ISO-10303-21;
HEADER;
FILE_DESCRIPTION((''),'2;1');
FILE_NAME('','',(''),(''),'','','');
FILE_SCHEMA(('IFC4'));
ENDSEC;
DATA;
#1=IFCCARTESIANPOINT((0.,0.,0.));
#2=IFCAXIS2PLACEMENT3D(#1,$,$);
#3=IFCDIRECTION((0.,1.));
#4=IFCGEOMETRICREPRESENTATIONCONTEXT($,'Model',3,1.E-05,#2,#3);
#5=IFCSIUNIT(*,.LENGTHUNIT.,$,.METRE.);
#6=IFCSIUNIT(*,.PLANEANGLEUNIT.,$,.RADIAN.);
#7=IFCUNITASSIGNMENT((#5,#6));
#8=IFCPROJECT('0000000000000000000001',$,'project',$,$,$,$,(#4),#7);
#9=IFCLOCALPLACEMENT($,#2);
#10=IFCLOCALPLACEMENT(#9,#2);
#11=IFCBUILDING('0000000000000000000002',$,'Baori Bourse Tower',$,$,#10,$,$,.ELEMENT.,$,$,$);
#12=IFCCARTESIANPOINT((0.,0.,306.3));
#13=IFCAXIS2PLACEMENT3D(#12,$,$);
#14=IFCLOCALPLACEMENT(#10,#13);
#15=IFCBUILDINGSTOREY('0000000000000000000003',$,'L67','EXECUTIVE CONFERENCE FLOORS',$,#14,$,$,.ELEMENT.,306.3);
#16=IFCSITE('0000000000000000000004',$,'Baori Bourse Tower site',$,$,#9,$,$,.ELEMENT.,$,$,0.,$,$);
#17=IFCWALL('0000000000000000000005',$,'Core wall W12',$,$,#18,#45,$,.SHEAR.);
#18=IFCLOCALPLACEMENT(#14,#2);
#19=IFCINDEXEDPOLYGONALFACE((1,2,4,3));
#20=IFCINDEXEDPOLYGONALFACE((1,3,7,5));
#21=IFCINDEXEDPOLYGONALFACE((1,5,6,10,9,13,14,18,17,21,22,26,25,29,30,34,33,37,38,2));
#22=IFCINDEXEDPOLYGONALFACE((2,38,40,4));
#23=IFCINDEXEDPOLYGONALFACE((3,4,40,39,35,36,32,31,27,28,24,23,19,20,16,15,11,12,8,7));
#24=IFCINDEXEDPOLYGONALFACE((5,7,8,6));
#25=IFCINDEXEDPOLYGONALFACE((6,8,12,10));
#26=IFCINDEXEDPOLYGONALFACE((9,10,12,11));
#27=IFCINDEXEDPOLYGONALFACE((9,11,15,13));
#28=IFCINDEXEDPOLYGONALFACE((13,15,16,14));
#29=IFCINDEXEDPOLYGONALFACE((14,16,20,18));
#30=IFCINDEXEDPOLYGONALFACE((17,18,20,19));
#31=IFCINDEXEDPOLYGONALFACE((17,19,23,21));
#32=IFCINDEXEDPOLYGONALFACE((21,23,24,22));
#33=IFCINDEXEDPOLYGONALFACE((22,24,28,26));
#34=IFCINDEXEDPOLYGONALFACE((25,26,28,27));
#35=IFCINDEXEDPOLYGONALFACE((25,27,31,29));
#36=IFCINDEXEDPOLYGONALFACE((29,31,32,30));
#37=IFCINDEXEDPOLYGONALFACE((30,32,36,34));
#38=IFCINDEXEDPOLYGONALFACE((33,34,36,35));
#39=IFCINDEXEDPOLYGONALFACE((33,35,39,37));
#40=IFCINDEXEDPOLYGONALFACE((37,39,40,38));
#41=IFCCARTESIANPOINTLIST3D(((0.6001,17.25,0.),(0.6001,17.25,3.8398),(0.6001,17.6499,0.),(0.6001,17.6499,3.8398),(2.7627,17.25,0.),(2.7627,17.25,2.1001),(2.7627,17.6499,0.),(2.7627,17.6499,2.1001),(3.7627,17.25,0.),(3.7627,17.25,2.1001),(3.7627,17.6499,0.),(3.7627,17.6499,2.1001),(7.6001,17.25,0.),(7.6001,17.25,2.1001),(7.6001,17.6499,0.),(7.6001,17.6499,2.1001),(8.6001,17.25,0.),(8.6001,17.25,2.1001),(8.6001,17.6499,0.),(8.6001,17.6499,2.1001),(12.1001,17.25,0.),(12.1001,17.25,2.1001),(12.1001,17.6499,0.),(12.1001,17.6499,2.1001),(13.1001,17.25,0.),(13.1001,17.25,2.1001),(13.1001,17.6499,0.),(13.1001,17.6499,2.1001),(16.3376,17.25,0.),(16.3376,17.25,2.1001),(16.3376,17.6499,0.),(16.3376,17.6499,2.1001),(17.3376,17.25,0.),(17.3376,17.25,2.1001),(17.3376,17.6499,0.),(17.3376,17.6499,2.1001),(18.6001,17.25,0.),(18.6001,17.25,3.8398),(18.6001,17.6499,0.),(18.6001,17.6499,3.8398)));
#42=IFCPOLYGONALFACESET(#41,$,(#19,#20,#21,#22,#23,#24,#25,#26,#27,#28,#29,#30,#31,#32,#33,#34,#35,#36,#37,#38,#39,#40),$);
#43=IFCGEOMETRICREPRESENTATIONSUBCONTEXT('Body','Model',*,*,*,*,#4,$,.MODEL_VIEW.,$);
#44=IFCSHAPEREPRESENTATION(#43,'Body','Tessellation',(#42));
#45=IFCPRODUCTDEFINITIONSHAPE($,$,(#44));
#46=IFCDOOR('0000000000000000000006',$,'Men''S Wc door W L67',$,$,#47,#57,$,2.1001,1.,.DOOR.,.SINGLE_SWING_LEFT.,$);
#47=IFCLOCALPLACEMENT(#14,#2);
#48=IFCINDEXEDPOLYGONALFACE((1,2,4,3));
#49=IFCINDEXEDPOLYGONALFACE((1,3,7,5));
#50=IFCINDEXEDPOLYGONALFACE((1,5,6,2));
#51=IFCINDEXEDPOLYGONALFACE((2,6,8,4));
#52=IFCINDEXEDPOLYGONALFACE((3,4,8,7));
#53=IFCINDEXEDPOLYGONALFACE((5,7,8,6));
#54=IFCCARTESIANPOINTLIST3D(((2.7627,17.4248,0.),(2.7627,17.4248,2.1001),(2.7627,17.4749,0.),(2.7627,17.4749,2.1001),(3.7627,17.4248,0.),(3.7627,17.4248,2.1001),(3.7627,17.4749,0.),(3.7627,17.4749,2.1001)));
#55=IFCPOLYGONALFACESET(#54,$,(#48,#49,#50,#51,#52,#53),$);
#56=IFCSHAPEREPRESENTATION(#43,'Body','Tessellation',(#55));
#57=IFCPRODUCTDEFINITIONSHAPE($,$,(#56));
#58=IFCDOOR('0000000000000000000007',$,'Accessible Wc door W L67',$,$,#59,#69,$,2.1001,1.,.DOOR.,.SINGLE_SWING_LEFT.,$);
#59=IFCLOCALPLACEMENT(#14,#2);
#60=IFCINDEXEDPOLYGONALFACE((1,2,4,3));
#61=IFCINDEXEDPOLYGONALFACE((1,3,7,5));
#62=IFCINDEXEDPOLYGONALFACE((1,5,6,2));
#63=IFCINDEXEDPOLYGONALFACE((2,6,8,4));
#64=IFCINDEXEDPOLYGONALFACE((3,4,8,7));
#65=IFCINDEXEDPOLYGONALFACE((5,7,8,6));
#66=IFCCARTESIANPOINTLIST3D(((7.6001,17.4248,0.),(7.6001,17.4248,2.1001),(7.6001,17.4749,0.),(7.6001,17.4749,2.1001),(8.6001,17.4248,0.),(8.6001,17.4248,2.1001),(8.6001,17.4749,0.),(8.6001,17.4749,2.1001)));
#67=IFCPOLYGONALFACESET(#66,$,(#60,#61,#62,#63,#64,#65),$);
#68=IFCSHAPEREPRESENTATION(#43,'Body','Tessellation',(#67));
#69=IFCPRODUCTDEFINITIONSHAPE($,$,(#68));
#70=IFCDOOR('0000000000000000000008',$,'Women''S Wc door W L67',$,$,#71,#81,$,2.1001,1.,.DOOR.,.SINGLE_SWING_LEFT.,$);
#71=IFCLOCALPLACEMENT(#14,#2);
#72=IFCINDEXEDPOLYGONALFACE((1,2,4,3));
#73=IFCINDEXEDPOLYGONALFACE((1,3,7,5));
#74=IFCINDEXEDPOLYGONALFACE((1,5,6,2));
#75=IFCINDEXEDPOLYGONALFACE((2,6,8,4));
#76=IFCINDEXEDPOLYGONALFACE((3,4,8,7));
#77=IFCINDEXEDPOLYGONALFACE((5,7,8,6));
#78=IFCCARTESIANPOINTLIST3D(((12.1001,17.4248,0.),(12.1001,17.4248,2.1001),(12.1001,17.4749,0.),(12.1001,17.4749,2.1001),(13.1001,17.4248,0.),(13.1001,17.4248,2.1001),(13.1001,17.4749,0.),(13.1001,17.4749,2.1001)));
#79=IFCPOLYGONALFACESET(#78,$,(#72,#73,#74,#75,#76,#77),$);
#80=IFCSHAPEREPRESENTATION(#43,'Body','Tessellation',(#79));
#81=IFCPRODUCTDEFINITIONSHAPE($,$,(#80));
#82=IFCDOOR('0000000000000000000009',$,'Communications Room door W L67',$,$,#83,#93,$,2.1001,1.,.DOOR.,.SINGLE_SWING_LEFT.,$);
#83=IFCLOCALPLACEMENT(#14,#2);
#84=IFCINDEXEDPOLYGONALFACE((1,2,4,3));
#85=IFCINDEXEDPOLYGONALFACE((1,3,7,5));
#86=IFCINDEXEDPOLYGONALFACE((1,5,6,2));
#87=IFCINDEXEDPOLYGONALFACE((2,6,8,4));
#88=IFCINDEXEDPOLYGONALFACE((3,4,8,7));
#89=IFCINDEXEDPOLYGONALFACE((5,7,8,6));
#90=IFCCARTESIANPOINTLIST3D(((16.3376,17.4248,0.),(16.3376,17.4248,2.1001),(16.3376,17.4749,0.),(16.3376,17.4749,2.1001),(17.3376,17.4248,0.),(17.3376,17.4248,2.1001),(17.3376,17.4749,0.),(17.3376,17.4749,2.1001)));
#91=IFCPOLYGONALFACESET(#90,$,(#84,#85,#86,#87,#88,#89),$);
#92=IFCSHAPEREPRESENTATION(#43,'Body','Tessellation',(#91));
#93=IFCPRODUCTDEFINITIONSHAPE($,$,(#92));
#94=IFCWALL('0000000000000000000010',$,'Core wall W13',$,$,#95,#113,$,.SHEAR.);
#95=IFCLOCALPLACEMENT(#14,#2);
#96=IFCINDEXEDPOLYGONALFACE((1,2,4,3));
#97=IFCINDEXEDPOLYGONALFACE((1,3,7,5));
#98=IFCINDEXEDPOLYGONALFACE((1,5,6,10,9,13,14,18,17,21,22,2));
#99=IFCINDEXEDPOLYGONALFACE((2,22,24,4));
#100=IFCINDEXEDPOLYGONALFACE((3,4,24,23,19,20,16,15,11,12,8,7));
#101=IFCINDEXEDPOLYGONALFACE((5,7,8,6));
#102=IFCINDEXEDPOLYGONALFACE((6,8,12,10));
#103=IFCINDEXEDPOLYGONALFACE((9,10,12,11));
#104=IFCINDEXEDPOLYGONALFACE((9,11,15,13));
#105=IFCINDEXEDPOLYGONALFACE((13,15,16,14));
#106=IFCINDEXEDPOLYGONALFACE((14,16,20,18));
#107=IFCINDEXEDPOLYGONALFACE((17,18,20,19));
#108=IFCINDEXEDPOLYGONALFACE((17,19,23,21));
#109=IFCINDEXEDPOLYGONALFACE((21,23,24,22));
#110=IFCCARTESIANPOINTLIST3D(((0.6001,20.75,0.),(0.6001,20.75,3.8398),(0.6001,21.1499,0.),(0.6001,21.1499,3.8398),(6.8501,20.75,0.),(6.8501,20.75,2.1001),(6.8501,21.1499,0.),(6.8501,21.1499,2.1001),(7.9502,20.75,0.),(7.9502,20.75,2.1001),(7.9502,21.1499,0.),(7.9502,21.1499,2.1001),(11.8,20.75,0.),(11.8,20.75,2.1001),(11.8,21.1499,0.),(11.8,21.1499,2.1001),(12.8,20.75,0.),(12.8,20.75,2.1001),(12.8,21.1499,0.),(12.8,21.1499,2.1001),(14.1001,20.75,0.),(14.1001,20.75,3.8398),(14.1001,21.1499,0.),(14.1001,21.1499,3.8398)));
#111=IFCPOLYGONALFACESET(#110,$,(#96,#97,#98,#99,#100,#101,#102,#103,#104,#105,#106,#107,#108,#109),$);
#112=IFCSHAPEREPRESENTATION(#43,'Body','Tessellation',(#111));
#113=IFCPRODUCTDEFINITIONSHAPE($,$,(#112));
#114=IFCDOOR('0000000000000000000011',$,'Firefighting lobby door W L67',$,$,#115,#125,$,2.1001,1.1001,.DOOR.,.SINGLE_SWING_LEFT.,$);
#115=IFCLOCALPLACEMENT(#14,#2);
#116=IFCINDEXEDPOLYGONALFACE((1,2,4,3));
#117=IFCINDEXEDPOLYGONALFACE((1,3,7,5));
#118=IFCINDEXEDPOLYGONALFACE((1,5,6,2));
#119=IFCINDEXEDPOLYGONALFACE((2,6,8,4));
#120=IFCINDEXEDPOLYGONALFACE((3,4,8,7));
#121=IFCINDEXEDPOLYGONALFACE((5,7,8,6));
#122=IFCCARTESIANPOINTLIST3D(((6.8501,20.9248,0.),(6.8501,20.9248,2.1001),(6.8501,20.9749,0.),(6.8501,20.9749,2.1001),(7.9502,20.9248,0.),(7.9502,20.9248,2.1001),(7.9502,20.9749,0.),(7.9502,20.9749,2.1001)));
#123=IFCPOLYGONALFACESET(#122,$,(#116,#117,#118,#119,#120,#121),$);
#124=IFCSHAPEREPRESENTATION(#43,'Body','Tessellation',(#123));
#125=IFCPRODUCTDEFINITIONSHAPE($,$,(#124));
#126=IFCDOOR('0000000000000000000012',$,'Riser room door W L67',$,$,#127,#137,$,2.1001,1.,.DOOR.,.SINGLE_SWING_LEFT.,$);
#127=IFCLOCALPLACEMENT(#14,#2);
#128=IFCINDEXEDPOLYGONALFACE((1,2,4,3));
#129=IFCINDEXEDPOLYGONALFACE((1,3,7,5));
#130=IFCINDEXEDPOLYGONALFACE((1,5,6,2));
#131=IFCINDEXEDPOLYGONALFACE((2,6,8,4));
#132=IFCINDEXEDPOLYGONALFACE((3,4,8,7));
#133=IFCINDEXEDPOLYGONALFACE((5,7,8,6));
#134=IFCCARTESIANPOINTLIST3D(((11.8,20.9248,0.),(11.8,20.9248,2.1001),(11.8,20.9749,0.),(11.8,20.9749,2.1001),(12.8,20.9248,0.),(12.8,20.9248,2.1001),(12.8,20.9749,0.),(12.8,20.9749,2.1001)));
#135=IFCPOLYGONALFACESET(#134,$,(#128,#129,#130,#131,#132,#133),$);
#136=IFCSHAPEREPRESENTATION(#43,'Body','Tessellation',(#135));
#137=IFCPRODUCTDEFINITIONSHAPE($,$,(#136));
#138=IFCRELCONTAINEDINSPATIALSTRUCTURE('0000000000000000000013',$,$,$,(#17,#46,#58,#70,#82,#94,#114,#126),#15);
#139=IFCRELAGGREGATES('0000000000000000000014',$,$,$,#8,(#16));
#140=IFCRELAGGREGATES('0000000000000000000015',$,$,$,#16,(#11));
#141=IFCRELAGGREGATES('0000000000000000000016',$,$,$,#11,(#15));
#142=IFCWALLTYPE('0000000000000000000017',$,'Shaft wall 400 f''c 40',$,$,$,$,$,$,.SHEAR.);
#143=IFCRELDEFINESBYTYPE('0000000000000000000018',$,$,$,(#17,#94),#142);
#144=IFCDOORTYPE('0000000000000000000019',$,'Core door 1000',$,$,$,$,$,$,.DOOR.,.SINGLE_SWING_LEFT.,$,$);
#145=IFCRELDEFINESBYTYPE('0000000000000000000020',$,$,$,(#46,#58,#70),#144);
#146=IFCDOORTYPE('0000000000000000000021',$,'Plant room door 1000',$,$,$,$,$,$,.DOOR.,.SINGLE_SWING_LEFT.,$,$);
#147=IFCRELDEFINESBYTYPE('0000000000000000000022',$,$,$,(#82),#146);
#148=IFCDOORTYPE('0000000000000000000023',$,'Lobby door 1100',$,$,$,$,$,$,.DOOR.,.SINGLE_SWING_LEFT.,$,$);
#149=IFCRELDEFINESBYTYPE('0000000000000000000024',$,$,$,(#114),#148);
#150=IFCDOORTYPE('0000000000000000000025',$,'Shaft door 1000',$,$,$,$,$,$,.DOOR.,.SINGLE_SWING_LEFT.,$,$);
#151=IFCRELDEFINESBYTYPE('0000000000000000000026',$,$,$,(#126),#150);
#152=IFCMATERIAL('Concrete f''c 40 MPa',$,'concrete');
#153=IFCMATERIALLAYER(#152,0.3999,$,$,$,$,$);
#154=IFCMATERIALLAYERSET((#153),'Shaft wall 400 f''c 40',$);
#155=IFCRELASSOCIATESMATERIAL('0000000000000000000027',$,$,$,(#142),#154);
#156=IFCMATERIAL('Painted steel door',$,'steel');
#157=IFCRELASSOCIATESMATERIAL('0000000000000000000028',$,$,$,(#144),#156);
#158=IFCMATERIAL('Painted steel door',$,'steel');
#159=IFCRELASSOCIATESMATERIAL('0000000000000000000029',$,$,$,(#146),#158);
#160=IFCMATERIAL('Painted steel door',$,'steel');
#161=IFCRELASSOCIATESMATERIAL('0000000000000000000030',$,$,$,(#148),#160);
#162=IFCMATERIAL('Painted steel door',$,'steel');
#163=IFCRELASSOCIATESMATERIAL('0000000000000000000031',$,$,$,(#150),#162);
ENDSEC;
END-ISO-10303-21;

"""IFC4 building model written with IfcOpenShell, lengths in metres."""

from ifc_helpers import new_model, si_unit, direction, frame, frame_2d, origin, place, context, subcontext, project, spatial, rectangle, extrude, material, layer, layer_set, type_object, element, fill, save


model = new_model("IFC4")

# Units and contexts
model_context = context("Model", 3, precision=1e-05, world=origin(), true_north=direction((0.0, 1.0)))
body_context = subcontext(model_context, "Body", "Model", "MODEL_VIEW")
ifc_project = project(units=[si_unit("LENGTHUNIT", "METRE"), si_unit("PLANEANGLEUNIT", "RADIAN")], contexts=[model_context])

# Site, building, storey
site_placement = place(None, origin())
site = spatial("IfcSite", under=ifc_project, at=site_placement, Name="Baori Bourse Tower site", CompositionType="ELEMENT", RefElevation=0.0)
building_placement = place(site_placement, origin())
building = spatial("IfcBuilding", under=site, at=building_placement, Name="Baori Bourse Tower", CompositionType="ELEMENT")
storey_placement = place(building_placement, frame((0.0, 0.0, 306.3)))
storey = spatial("IfcBuildingStorey", under=building, at=storey_placement, Name="L67", Description="EXECUTIVE CONFERENCE FLOORS", CompositionType="ELEMENT", Elevation=306.3)

# Shared definitions
ifc_material_1 = material(Name="Concrete f'c 40 MPa", Category="concrete")
ifc_layer_1 = layer(ifc_material_1, 0.3999)
ifc_layer_set_1 = layer_set([ifc_layer_1], Name="Shaft wall 400 f'c 40")
wall_type_1 = type_object("IfcWallType", Name="Shaft wall 400 f'c 40", PredefinedType="SHEAR", material=ifc_layer_set_1)

# Walls, openings, doors
wall_1_placement = place(storey_placement, frame((0.6001, 17.45, 0.0), z_axis=(0.0, 0.0, 1.0), x_axis=(1.0, 0.0, 0.0)))
wall_1 = element("IfcWall", 1, at=wall_1_placement, inside=storey, type_object=wall_type_1, Name="Core wall W12", PredefinedType="SHEAR", context=body_context, shape_type="SweptSolid", body=[
    extrude(rectangle(XDim=18.0, YDim=0.3999, at=frame_2d((9.0, 0.0))), origin(), (0.0, 0.0, 1.0), 3.8398),
])
opening_1_placement = place(wall_1_placement, frame((2.1626, 0.0, 0.0)))
opening_1 = element("IfcOpeningElement", 2, at=opening_1_placement, cuts=wall_1, PredefinedType="OPENING", context=body_context, shape_type="SweptSolid", body=[
    extrude(rectangle(XDim=1.0, YDim=2.1001, at=frame_2d((0.5, 1.05))), frame((0.0, 0.21, 0.0), z_axis=(0.0, -1.0, 0.0), x_axis=(1.0, 0.0, 0.0)), (0.0, 0.0, 1.0), 0.4199),
])
opening_2_placement = place(wall_1_placement, frame((7.0, 0.0, 0.0)))
opening_2 = element("IfcOpeningElement", 3, at=opening_2_placement, cuts=wall_1, PredefinedType="OPENING", context=body_context, shape_type="SweptSolid", body=[
    extrude(rectangle(XDim=1.0, YDim=2.1001, at=frame_2d((0.5, 1.05))), frame((0.0, 0.21, 0.0), z_axis=(0.0, -1.0, 0.0), x_axis=(1.0, 0.0, 0.0)), (0.0, 0.0, 1.0), 0.4199),
])
opening_3_placement = place(wall_1_placement, frame((11.5, 0.0, 0.0)))
opening_3 = element("IfcOpeningElement", 4, at=opening_3_placement, cuts=wall_1, PredefinedType="OPENING", context=body_context, shape_type="SweptSolid", body=[
    extrude(rectangle(XDim=1.0, YDim=2.1001, at=frame_2d((0.5, 1.05))), frame((0.0, 0.21, 0.0), z_axis=(0.0, -1.0, 0.0), x_axis=(1.0, 0.0, 0.0)), (0.0, 0.0, 1.0), 0.4199),
])
opening_4_placement = place(wall_1_placement, frame((15.7375, 0.0, 0.0)))
opening_4 = element("IfcOpeningElement", 5, at=opening_4_placement, cuts=wall_1, PredefinedType="OPENING", context=body_context, shape_type="SweptSolid", body=[
    extrude(rectangle(XDim=1.0, YDim=2.1001, at=frame_2d((0.5, 1.05))), frame((0.0, 0.21, 0.0), z_axis=(0.0, -1.0, 0.0), x_axis=(1.0, 0.0, 0.0)), (0.0, 0.0, 1.0), 0.4199),
])
ifc_material_2 = material(Name="Painted steel door", Category="steel")
door_type_1 = type_object("IfcDoorType", Name="Core door 1000", OperationType="SINGLE_SWING_LEFT", PredefinedType="DOOR", material=ifc_material_2)
door_1_placement = place(opening_1_placement, origin())
door_1 = element("IfcDoor", 6, at=door_1_placement, inside=storey, type_object=door_type_1, Name="Men'S Wc door W L67", OperationType="SINGLE_SWING_LEFT", OverallHeight=2.1001, OverallWidth=1.0, PredefinedType="DOOR", context=body_context, shape_type="SweptSolid", body=[
    extrude(rectangle(XDim=1.0, YDim=2.1001, at=frame_2d((0.5, 1.05))), frame((0.0, 0.0249, 0.0), z_axis=(0.0, -1.0, 0.0), x_axis=(1.0, 0.0, 0.0)), (0.0, 0.0, 1.0), 0.05),
])
fill(opening_1, door_1)
door_2_placement = place(opening_2_placement, origin())
door_2 = element("IfcDoor", 7, at=door_2_placement, inside=storey, type_object=door_type_1, Name="Accessible Wc door W L67", OperationType="SINGLE_SWING_LEFT", OverallHeight=2.1001, OverallWidth=1.0, PredefinedType="DOOR", context=body_context, shape_type="SweptSolid", body=[
    extrude(rectangle(XDim=1.0, YDim=2.1001, at=frame_2d((0.5, 1.05))), frame((0.0, 0.0249, 0.0), z_axis=(0.0, -1.0, 0.0), x_axis=(1.0, 0.0, 0.0)), (0.0, 0.0, 1.0), 0.05),
])
fill(opening_2, door_2)
door_3_placement = place(opening_3_placement, origin())
door_3 = element("IfcDoor", 8, at=door_3_placement, inside=storey, type_object=door_type_1, Name="Women'S Wc door W L67", OperationType="SINGLE_SWING_LEFT", OverallHeight=2.1001, OverallWidth=1.0, PredefinedType="DOOR", context=body_context, shape_type="SweptSolid", body=[
    extrude(rectangle(XDim=1.0, YDim=2.1001, at=frame_2d((0.5, 1.05))), frame((0.0, 0.0249, 0.0), z_axis=(0.0, -1.0, 0.0), x_axis=(1.0, 0.0, 0.0)), (0.0, 0.0, 1.0), 0.05),
])
fill(opening_3, door_3)
ifc_material_3 = material(Name="Painted steel door", Category="steel")
door_type_2 = type_object("IfcDoorType", Name="Plant room door 1000", OperationType="SINGLE_SWING_LEFT", PredefinedType="DOOR", material=ifc_material_3)
door_4_placement = place(opening_4_placement, origin())
door_4 = element("IfcDoor", 9, at=door_4_placement, inside=storey, type_object=door_type_2, Name="Communications Room door W L67", OperationType="SINGLE_SWING_LEFT", OverallHeight=2.1001, OverallWidth=1.0, PredefinedType="DOOR", context=body_context, shape_type="SweptSolid", body=[
    extrude(rectangle(XDim=1.0, YDim=2.1001, at=frame_2d((0.5, 1.05))), frame((0.0, 0.0249, 0.0), z_axis=(0.0, -1.0, 0.0), x_axis=(1.0, 0.0, 0.0)), (0.0, 0.0, 1.0), 0.05),
])
fill(opening_4, door_4)
wall_2_placement = place(storey_placement, frame((0.6001, 20.95, 0.0), z_axis=(0.0, 0.0, 1.0), x_axis=(1.0, 0.0, 0.0)))
wall_2 = element("IfcWall", 10, at=wall_2_placement, inside=storey, type_object=wall_type_1, Name="Core wall W13", PredefinedType="SHEAR", context=body_context, shape_type="SweptSolid", body=[
    extrude(rectangle(XDim=13.5, YDim=0.3999, at=frame_2d((6.75, 0.0))), origin(), (0.0, 0.0, 1.0), 3.8398),
])
opening_5_placement = place(wall_2_placement, frame((6.25, 0.0, 0.0)))
opening_5 = element("IfcOpeningElement", 11, at=opening_5_placement, cuts=wall_2, PredefinedType="OPENING", context=body_context, shape_type="SweptSolid", body=[
    extrude(rectangle(XDim=1.1001, YDim=2.1001, at=frame_2d((0.55, 1.05))), frame((0.0, 0.21, 0.0), z_axis=(0.0, -1.0, 0.0), x_axis=(1.0, 0.0, 0.0)), (0.0, 0.0, 1.0), 0.4199),
])
opening_6_placement = place(wall_2_placement, frame((11.2, 0.0, 0.0)))
opening_6 = element("IfcOpeningElement", 12, at=opening_6_placement, cuts=wall_2, PredefinedType="OPENING", context=body_context, shape_type="SweptSolid", body=[
    extrude(rectangle(XDim=1.0, YDim=2.1001, at=frame_2d((0.5, 1.05))), frame((0.0, 0.21, 0.0), z_axis=(0.0, -1.0, 0.0), x_axis=(1.0, 0.0, 0.0)), (0.0, 0.0, 1.0), 0.4199),
])
ifc_material_4 = material(Name="Painted steel door", Category="steel")
door_type_3 = type_object("IfcDoorType", Name="Lobby door 1100", OperationType="SINGLE_SWING_LEFT", PredefinedType="DOOR", material=ifc_material_4)
door_5_placement = place(opening_5_placement, origin())
door_5 = element("IfcDoor", 13, at=door_5_placement, inside=storey, type_object=door_type_3, Name="Firefighting lobby door W L67", OperationType="SINGLE_SWING_LEFT", OverallHeight=2.1001, OverallWidth=1.1001, PredefinedType="DOOR", context=body_context, shape_type="SweptSolid", body=[
    extrude(rectangle(XDim=1.1001, YDim=2.1001, at=frame_2d((0.55, 1.05))), frame((0.0, 0.0249, 0.0), z_axis=(0.0, -1.0, 0.0), x_axis=(1.0, 0.0, 0.0)), (0.0, 0.0, 1.0), 0.05),
])
fill(opening_5, door_5)
ifc_material_5 = material(Name="Painted steel door", Category="steel")
door_type_4 = type_object("IfcDoorType", Name="Shaft door 1000", OperationType="SINGLE_SWING_LEFT", PredefinedType="DOOR", material=ifc_material_5)
door_6_placement = place(opening_6_placement, origin())
door_6 = element("IfcDoor", 14, at=door_6_placement, inside=storey, type_object=door_type_4, Name="Riser room door W L67", OperationType="SINGLE_SWING_LEFT", OverallHeight=2.1001, OverallWidth=1.0, PredefinedType="DOOR", context=body_context, shape_type="SweptSolid", body=[
    extrude(rectangle(XDim=1.0, YDim=2.1001, at=frame_2d((0.5, 1.05))), frame((0.0, 0.0249, 0.0), z_axis=(0.0, -1.0, 0.0), x_axis=(1.0, 0.0, 0.0)), (0.0, 0.0, 1.0), 0.05),
])
fill(opening_6, door_6)

save(model, "model.ifc")
